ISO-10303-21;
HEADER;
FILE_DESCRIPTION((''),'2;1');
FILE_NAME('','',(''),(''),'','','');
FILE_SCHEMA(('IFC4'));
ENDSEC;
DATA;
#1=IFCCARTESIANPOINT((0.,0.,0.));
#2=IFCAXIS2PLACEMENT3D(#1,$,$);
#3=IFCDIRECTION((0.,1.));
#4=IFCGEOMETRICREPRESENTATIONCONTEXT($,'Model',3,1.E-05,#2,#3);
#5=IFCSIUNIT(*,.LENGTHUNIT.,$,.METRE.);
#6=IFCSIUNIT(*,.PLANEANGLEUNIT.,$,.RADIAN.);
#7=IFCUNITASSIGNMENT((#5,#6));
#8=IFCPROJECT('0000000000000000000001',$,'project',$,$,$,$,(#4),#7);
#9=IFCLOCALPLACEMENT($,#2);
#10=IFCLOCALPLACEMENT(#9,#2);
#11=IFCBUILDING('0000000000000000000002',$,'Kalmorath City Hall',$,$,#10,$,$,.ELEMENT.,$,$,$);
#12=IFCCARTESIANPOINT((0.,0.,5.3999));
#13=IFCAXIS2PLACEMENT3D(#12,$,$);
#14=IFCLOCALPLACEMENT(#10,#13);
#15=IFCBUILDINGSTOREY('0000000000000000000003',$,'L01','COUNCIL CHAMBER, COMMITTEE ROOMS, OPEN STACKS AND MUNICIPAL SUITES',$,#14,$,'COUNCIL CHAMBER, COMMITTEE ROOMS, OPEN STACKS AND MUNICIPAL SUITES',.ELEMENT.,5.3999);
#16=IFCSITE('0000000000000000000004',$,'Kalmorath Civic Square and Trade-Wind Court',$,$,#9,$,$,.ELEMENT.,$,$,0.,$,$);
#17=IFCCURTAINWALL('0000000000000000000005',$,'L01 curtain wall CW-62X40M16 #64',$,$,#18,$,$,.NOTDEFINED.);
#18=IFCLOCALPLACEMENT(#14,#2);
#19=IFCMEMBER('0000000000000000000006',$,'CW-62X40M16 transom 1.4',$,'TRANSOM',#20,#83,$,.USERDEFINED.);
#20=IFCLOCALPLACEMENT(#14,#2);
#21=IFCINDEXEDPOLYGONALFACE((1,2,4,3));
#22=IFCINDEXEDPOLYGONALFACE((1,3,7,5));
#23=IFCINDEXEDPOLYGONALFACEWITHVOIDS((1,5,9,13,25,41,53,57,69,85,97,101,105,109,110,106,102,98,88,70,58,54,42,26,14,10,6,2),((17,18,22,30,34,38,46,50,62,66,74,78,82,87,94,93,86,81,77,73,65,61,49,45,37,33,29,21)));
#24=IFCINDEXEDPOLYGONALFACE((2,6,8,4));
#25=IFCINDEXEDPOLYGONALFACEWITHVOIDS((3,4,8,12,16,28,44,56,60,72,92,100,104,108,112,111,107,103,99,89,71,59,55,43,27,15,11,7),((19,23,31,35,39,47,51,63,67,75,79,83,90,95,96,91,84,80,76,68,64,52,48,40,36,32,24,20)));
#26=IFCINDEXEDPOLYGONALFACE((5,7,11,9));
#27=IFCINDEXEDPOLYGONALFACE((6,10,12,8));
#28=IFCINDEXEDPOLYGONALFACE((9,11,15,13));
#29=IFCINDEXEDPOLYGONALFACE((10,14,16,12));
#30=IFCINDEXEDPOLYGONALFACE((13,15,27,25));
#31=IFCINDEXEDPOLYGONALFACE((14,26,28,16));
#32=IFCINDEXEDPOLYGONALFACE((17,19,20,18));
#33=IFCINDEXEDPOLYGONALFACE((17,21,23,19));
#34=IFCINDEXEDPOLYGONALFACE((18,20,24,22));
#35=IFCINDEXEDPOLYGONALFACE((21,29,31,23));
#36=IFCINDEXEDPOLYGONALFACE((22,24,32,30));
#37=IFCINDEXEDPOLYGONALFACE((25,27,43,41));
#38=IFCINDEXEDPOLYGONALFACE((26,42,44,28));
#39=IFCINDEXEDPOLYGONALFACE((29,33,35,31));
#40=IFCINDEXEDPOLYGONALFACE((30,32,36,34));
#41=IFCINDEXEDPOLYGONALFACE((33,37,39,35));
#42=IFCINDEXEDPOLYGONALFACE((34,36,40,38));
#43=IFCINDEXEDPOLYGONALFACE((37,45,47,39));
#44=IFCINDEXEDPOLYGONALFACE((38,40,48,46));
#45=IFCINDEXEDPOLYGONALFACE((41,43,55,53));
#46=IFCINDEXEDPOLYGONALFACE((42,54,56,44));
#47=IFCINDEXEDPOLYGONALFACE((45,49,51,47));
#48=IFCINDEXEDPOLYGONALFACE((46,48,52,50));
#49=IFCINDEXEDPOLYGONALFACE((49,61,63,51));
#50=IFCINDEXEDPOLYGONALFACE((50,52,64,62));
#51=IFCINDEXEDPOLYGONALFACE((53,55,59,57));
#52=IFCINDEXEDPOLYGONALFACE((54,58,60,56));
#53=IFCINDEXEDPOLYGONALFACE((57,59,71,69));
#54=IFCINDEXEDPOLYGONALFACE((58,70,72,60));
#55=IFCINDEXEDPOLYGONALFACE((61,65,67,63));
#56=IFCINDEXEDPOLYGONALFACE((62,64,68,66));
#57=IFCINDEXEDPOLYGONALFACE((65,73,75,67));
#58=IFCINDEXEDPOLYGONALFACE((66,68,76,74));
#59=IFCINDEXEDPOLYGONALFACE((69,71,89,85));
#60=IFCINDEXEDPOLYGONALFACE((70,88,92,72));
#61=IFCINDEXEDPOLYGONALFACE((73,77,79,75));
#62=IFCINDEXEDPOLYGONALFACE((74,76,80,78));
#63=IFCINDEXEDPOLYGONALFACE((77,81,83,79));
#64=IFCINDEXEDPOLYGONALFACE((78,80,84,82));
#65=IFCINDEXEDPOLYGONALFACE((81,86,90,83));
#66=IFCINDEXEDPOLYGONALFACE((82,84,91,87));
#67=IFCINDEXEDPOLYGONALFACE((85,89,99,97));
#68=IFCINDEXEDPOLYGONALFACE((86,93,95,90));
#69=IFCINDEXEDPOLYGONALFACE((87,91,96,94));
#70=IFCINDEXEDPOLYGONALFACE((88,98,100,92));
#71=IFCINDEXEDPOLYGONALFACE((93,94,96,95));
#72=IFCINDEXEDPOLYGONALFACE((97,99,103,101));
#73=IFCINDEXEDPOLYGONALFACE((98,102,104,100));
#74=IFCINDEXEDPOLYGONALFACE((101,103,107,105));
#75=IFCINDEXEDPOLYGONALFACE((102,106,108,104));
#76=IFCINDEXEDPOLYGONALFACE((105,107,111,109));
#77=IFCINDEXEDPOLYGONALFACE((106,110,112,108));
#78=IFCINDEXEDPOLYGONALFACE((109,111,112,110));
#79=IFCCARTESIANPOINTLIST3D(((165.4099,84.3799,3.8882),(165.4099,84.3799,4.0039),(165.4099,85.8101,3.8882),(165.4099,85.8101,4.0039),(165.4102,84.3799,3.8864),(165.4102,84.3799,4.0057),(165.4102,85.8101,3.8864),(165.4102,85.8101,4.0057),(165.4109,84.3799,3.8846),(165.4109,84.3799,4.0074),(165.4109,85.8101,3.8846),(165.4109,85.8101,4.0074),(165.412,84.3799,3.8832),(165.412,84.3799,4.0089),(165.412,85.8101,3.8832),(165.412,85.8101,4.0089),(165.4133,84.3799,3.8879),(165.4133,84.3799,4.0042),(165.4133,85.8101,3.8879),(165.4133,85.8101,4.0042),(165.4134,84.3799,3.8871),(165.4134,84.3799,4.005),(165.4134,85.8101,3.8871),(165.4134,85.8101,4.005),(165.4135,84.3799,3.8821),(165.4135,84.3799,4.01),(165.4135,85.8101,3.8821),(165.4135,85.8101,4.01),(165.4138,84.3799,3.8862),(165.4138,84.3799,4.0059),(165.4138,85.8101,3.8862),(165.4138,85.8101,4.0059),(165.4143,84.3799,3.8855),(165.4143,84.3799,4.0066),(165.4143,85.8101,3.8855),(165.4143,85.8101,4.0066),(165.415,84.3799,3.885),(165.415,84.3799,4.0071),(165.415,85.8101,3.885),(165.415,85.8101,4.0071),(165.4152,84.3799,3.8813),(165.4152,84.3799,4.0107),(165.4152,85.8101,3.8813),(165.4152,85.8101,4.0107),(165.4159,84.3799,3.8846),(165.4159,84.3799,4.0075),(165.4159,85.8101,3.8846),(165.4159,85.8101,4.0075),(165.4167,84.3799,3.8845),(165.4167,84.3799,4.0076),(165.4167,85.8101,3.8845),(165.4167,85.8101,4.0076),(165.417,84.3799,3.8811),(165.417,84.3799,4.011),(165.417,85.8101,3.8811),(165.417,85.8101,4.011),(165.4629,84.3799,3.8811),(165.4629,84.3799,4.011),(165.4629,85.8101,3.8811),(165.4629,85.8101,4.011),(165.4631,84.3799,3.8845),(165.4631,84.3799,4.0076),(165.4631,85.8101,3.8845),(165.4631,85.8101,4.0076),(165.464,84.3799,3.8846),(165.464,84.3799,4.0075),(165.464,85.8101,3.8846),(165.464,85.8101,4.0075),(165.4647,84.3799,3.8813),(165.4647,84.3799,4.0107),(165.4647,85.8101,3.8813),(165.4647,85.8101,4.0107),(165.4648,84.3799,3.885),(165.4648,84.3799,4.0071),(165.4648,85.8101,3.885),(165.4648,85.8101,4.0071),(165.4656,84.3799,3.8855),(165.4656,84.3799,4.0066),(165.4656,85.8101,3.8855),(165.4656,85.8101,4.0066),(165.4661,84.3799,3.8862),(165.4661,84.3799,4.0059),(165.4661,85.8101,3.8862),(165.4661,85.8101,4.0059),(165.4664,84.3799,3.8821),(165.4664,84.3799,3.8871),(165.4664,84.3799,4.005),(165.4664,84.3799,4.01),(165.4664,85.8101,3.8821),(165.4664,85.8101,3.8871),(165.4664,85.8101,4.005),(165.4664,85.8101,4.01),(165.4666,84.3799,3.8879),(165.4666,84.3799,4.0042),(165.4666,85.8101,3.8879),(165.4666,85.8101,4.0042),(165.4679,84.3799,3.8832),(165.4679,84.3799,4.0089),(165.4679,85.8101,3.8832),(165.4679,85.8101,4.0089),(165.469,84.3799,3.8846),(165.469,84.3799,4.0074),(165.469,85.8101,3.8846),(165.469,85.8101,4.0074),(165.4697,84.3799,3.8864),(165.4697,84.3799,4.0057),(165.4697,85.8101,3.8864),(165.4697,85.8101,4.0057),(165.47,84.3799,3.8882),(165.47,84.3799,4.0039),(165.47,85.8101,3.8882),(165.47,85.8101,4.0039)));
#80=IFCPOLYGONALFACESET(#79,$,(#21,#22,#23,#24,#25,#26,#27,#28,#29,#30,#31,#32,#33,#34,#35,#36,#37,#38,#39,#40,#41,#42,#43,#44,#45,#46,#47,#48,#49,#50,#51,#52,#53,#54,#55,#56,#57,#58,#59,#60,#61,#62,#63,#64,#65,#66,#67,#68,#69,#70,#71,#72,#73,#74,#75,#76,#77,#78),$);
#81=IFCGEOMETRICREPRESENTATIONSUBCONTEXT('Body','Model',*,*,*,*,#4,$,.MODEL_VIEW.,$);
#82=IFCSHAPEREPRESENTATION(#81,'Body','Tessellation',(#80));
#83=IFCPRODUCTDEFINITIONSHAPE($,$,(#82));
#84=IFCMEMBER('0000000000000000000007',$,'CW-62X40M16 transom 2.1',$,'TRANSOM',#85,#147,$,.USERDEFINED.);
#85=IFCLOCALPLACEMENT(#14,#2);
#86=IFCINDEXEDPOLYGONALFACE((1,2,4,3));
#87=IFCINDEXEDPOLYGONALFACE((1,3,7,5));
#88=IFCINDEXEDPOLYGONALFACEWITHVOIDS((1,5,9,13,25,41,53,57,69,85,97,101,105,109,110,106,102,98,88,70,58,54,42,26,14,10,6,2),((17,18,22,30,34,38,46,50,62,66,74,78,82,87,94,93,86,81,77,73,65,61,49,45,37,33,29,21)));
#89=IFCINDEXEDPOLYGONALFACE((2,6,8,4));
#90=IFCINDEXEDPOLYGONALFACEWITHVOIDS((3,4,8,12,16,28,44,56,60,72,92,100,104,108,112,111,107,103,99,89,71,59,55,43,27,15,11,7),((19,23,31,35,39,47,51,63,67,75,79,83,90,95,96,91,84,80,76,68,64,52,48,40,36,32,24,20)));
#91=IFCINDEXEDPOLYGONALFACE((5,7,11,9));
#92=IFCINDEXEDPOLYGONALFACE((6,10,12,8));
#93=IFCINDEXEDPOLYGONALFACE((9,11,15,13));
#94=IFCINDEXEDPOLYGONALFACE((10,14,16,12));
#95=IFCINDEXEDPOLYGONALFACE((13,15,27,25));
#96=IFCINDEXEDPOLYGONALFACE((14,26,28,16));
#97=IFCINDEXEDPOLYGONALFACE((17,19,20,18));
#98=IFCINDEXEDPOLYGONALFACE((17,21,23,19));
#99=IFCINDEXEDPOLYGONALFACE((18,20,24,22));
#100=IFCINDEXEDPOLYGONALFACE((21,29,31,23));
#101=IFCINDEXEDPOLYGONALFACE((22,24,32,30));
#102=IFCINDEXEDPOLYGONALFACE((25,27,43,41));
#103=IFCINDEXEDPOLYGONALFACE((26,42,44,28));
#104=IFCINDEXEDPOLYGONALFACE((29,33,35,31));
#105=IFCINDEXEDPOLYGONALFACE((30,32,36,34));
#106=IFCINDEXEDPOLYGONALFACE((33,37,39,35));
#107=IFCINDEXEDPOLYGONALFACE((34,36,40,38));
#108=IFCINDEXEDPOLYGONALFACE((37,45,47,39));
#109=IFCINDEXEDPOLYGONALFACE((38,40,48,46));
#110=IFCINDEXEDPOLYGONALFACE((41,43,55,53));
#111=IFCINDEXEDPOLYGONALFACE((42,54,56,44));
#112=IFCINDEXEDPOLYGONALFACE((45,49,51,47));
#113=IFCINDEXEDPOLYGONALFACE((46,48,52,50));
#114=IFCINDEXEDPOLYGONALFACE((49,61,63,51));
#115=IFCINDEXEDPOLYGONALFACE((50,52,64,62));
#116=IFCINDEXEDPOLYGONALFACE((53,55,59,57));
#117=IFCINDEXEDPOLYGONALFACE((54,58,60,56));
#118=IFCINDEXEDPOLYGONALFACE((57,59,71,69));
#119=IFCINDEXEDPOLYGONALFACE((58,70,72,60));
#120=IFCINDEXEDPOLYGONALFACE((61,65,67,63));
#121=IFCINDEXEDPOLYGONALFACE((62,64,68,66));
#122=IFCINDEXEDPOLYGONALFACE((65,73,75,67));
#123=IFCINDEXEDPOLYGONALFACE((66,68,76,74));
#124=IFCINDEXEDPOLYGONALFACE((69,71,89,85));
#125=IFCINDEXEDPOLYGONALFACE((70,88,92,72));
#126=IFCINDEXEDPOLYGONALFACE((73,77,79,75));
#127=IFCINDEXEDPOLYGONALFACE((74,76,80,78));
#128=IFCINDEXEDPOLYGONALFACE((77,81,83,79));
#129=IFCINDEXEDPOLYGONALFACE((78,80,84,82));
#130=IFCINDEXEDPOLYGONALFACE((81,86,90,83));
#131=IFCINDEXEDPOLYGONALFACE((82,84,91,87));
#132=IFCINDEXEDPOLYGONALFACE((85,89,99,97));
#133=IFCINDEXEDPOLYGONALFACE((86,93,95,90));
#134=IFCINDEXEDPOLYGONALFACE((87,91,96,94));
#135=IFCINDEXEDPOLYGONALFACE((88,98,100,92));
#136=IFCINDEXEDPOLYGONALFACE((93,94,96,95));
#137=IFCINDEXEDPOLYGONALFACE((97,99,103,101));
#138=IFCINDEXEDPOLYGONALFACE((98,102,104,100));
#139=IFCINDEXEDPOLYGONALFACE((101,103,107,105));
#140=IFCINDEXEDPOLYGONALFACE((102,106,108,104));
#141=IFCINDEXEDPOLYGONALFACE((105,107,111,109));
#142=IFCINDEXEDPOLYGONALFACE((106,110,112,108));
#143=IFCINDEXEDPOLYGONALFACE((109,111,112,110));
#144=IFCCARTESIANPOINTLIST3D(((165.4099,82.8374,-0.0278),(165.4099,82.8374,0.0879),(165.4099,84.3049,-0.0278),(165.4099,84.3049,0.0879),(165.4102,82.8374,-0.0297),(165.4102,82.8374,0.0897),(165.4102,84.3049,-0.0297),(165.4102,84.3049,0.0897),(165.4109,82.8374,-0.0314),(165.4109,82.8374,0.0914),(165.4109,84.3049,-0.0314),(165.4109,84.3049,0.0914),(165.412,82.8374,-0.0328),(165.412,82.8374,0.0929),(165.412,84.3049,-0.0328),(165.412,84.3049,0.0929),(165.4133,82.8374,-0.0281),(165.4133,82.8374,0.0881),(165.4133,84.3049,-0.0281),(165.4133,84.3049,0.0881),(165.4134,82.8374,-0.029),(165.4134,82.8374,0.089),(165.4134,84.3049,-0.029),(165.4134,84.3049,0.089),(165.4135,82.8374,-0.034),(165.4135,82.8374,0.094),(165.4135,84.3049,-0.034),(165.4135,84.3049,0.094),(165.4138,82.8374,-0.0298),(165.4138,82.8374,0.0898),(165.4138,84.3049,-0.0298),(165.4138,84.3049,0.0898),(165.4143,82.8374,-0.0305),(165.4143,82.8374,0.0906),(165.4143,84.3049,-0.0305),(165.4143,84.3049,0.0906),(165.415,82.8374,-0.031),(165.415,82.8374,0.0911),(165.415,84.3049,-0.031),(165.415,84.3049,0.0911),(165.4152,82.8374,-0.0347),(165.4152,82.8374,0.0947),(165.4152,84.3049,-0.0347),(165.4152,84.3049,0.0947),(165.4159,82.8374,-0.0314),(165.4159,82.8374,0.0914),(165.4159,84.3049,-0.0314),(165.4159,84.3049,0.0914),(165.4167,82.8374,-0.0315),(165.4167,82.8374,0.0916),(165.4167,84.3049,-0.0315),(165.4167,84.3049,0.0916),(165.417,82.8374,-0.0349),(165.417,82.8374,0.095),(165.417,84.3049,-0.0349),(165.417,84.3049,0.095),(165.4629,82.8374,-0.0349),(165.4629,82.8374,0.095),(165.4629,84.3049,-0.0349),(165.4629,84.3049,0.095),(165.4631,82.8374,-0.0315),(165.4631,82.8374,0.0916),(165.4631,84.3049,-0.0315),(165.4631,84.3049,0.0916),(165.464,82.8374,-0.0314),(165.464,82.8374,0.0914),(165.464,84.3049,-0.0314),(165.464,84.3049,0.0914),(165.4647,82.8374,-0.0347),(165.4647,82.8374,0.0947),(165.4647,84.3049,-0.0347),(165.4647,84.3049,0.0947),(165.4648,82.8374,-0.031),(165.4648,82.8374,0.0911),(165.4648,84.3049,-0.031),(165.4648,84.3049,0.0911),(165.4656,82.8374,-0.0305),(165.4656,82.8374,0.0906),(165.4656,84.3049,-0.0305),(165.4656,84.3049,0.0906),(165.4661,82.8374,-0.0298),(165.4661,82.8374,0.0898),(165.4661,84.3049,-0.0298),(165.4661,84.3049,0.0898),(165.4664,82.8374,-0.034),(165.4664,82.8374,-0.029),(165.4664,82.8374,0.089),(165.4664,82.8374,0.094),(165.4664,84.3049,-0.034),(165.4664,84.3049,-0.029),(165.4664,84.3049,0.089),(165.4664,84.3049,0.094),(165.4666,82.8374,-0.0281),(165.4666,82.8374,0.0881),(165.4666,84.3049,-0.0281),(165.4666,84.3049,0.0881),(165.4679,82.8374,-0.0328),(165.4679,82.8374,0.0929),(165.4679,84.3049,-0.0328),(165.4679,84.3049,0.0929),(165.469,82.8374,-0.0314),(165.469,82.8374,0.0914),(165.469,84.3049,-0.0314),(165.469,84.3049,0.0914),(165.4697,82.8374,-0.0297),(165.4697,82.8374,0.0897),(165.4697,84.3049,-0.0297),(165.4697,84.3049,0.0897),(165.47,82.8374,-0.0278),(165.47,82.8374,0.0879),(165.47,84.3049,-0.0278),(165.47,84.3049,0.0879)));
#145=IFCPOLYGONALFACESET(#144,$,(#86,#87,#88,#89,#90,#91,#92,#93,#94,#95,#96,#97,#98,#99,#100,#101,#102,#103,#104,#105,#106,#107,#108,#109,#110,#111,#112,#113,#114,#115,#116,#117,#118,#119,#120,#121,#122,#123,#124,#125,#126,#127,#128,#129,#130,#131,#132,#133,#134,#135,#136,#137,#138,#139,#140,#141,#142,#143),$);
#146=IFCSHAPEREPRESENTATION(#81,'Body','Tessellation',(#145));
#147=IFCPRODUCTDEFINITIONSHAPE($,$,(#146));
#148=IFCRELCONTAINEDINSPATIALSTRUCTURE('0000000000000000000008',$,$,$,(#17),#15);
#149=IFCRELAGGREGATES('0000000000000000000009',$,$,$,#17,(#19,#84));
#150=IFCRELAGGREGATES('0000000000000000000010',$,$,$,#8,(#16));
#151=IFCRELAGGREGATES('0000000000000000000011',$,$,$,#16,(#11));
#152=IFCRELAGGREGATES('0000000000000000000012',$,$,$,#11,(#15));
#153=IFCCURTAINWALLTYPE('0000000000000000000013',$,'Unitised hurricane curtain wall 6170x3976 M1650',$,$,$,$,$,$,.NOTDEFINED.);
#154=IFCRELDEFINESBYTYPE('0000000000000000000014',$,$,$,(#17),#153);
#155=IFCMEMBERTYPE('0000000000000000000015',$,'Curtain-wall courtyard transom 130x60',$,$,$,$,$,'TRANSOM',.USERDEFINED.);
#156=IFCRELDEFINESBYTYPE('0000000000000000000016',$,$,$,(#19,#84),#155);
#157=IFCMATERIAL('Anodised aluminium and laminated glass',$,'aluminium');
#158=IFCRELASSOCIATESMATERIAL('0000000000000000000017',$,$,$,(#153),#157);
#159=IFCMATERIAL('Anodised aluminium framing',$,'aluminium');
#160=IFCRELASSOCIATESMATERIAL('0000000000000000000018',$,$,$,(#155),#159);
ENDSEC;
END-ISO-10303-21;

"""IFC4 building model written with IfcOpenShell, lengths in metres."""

from ifc_helpers import new_model, si_unit, direction, frame, origin, origin_2d, place, context, subcontext, project, spatial, hollow_rectangle, extrude, material, material_profile, profile_set, type_object, element, aggregate, save


model = new_model("IFC4")

# Units and contexts
model_context = context("Model", 3, precision=1e-05, world=origin(), true_north=direction((0.0, 1.0)))
body_context = subcontext(model_context, "Body", "Model", "MODEL_VIEW")
ifc_project = project(units=[si_unit("LENGTHUNIT", "METRE"), si_unit("PLANEANGLEUNIT", "RADIAN")], contexts=[model_context])

# Site, building, storey
site_placement = place(None, origin())
site = spatial("IfcSite", under=ifc_project, at=site_placement, Name="Kalmorath Civic Square and Trade-Wind Court", CompositionType="ELEMENT", RefElevation=0.0)
building_placement = place(site_placement, origin())
building = spatial("IfcBuilding", under=site, at=building_placement, Name="Kalmorath City Hall", CompositionType="ELEMENT")
storey_placement = place(building_placement, frame((0.0, 0.0, 5.3999)))
storey = spatial("IfcBuildingStorey", under=building, at=storey_placement, Name="L01", Description="COUNCIL CHAMBER, COMMITTEE ROOMS, OPEN STACKS AND MUNICIPAL SUITES", LongName="COUNCIL CHAMBER, COMMITTEE ROOMS, OPEN STACKS AND MUNICIPAL SUITES", CompositionType="ELEMENT", Elevation=5.3999)

# Curtain wall, members
ifc_material_1 = material(Name="Anodised aluminium and laminated glass", Category="aluminium")
curtain_wall_type = type_object("IfcCurtainWallType", Name="Unitised hurricane curtain wall 6170x3976 M1650", PredefinedType="NOTDEFINED", material=ifc_material_1)
curtain_wall_placement = place(storey_placement, origin())
curtain_wall = element("IfcCurtainWall", 1, at=curtain_wall_placement, inside=storey, type_object=curtain_wall_type, Name="L01 curtain wall CW-62X40M16 #64", PredefinedType="NOTDEFINED")
ifc_material_2 = material(Name="Anodised aluminium framing", Category="aluminium")
ifc_material_profile_1 = material_profile(ifc_material_2, hollow_rectangle(XDim=0.0601, YDim=0.1299, WallThickness=0.0034, InnerFilletRadius=0.0034, OuterFilletRadius=0.0071, at=origin_2d()), Name="ALU-TRN-130X60X3.5")
ifc_profile_set_1 = profile_set([ifc_material_profile_1], Name="Anodised aluminium framing")
member_type_1 = type_object("IfcMemberType", Name="Curtain-wall courtyard transom 130x60", ElementType="TRANSOM", PredefinedType="USERDEFINED", material=ifc_profile_set_1)
member_1_placement = place(storey_placement, frame((165.4399, 85.8101, 3.946), z_axis=(0.0, -1.0, 0.0), x_axis=(1.0, 0.0, 0.0)))
member_1 = element("IfcMember", 2, at=member_1_placement, type_object=member_type_1, Name="CW-62X40M16 transom 1.4", ObjectType="TRANSOM", PredefinedType="USERDEFINED", context=body_context, shape_type="SweptSolid", body=[
    extrude(hollow_rectangle(XDim=0.0601, YDim=0.1299, WallThickness=0.0034, InnerFilletRadius=0.0034, OuterFilletRadius=0.0071, at=origin_2d()), origin(), (0.0, 0.0, 1.0), 1.4302),
])
member_2_placement = place(storey_placement, frame((165.4399, 84.3049, 0.03), z_axis=(0.0, -1.0, 0.0), x_axis=(1.0, 0.0, 0.0)))
member_2 = element("IfcMember", 3, at=member_2_placement, type_object=member_type_1, Name="CW-62X40M16 transom 2.1", ObjectType="TRANSOM", PredefinedType="USERDEFINED", context=body_context, shape_type="SweptSolid", body=[
    extrude(hollow_rectangle(XDim=0.0601, YDim=0.1299, WallThickness=0.0034, InnerFilletRadius=0.0034, OuterFilletRadius=0.0071, at=origin_2d()), origin(), (0.0, 0.0, 1.0), 1.4675),
])

aggregate(curtain_wall, [member_1, member_2])

save(model, "model.ifc")
